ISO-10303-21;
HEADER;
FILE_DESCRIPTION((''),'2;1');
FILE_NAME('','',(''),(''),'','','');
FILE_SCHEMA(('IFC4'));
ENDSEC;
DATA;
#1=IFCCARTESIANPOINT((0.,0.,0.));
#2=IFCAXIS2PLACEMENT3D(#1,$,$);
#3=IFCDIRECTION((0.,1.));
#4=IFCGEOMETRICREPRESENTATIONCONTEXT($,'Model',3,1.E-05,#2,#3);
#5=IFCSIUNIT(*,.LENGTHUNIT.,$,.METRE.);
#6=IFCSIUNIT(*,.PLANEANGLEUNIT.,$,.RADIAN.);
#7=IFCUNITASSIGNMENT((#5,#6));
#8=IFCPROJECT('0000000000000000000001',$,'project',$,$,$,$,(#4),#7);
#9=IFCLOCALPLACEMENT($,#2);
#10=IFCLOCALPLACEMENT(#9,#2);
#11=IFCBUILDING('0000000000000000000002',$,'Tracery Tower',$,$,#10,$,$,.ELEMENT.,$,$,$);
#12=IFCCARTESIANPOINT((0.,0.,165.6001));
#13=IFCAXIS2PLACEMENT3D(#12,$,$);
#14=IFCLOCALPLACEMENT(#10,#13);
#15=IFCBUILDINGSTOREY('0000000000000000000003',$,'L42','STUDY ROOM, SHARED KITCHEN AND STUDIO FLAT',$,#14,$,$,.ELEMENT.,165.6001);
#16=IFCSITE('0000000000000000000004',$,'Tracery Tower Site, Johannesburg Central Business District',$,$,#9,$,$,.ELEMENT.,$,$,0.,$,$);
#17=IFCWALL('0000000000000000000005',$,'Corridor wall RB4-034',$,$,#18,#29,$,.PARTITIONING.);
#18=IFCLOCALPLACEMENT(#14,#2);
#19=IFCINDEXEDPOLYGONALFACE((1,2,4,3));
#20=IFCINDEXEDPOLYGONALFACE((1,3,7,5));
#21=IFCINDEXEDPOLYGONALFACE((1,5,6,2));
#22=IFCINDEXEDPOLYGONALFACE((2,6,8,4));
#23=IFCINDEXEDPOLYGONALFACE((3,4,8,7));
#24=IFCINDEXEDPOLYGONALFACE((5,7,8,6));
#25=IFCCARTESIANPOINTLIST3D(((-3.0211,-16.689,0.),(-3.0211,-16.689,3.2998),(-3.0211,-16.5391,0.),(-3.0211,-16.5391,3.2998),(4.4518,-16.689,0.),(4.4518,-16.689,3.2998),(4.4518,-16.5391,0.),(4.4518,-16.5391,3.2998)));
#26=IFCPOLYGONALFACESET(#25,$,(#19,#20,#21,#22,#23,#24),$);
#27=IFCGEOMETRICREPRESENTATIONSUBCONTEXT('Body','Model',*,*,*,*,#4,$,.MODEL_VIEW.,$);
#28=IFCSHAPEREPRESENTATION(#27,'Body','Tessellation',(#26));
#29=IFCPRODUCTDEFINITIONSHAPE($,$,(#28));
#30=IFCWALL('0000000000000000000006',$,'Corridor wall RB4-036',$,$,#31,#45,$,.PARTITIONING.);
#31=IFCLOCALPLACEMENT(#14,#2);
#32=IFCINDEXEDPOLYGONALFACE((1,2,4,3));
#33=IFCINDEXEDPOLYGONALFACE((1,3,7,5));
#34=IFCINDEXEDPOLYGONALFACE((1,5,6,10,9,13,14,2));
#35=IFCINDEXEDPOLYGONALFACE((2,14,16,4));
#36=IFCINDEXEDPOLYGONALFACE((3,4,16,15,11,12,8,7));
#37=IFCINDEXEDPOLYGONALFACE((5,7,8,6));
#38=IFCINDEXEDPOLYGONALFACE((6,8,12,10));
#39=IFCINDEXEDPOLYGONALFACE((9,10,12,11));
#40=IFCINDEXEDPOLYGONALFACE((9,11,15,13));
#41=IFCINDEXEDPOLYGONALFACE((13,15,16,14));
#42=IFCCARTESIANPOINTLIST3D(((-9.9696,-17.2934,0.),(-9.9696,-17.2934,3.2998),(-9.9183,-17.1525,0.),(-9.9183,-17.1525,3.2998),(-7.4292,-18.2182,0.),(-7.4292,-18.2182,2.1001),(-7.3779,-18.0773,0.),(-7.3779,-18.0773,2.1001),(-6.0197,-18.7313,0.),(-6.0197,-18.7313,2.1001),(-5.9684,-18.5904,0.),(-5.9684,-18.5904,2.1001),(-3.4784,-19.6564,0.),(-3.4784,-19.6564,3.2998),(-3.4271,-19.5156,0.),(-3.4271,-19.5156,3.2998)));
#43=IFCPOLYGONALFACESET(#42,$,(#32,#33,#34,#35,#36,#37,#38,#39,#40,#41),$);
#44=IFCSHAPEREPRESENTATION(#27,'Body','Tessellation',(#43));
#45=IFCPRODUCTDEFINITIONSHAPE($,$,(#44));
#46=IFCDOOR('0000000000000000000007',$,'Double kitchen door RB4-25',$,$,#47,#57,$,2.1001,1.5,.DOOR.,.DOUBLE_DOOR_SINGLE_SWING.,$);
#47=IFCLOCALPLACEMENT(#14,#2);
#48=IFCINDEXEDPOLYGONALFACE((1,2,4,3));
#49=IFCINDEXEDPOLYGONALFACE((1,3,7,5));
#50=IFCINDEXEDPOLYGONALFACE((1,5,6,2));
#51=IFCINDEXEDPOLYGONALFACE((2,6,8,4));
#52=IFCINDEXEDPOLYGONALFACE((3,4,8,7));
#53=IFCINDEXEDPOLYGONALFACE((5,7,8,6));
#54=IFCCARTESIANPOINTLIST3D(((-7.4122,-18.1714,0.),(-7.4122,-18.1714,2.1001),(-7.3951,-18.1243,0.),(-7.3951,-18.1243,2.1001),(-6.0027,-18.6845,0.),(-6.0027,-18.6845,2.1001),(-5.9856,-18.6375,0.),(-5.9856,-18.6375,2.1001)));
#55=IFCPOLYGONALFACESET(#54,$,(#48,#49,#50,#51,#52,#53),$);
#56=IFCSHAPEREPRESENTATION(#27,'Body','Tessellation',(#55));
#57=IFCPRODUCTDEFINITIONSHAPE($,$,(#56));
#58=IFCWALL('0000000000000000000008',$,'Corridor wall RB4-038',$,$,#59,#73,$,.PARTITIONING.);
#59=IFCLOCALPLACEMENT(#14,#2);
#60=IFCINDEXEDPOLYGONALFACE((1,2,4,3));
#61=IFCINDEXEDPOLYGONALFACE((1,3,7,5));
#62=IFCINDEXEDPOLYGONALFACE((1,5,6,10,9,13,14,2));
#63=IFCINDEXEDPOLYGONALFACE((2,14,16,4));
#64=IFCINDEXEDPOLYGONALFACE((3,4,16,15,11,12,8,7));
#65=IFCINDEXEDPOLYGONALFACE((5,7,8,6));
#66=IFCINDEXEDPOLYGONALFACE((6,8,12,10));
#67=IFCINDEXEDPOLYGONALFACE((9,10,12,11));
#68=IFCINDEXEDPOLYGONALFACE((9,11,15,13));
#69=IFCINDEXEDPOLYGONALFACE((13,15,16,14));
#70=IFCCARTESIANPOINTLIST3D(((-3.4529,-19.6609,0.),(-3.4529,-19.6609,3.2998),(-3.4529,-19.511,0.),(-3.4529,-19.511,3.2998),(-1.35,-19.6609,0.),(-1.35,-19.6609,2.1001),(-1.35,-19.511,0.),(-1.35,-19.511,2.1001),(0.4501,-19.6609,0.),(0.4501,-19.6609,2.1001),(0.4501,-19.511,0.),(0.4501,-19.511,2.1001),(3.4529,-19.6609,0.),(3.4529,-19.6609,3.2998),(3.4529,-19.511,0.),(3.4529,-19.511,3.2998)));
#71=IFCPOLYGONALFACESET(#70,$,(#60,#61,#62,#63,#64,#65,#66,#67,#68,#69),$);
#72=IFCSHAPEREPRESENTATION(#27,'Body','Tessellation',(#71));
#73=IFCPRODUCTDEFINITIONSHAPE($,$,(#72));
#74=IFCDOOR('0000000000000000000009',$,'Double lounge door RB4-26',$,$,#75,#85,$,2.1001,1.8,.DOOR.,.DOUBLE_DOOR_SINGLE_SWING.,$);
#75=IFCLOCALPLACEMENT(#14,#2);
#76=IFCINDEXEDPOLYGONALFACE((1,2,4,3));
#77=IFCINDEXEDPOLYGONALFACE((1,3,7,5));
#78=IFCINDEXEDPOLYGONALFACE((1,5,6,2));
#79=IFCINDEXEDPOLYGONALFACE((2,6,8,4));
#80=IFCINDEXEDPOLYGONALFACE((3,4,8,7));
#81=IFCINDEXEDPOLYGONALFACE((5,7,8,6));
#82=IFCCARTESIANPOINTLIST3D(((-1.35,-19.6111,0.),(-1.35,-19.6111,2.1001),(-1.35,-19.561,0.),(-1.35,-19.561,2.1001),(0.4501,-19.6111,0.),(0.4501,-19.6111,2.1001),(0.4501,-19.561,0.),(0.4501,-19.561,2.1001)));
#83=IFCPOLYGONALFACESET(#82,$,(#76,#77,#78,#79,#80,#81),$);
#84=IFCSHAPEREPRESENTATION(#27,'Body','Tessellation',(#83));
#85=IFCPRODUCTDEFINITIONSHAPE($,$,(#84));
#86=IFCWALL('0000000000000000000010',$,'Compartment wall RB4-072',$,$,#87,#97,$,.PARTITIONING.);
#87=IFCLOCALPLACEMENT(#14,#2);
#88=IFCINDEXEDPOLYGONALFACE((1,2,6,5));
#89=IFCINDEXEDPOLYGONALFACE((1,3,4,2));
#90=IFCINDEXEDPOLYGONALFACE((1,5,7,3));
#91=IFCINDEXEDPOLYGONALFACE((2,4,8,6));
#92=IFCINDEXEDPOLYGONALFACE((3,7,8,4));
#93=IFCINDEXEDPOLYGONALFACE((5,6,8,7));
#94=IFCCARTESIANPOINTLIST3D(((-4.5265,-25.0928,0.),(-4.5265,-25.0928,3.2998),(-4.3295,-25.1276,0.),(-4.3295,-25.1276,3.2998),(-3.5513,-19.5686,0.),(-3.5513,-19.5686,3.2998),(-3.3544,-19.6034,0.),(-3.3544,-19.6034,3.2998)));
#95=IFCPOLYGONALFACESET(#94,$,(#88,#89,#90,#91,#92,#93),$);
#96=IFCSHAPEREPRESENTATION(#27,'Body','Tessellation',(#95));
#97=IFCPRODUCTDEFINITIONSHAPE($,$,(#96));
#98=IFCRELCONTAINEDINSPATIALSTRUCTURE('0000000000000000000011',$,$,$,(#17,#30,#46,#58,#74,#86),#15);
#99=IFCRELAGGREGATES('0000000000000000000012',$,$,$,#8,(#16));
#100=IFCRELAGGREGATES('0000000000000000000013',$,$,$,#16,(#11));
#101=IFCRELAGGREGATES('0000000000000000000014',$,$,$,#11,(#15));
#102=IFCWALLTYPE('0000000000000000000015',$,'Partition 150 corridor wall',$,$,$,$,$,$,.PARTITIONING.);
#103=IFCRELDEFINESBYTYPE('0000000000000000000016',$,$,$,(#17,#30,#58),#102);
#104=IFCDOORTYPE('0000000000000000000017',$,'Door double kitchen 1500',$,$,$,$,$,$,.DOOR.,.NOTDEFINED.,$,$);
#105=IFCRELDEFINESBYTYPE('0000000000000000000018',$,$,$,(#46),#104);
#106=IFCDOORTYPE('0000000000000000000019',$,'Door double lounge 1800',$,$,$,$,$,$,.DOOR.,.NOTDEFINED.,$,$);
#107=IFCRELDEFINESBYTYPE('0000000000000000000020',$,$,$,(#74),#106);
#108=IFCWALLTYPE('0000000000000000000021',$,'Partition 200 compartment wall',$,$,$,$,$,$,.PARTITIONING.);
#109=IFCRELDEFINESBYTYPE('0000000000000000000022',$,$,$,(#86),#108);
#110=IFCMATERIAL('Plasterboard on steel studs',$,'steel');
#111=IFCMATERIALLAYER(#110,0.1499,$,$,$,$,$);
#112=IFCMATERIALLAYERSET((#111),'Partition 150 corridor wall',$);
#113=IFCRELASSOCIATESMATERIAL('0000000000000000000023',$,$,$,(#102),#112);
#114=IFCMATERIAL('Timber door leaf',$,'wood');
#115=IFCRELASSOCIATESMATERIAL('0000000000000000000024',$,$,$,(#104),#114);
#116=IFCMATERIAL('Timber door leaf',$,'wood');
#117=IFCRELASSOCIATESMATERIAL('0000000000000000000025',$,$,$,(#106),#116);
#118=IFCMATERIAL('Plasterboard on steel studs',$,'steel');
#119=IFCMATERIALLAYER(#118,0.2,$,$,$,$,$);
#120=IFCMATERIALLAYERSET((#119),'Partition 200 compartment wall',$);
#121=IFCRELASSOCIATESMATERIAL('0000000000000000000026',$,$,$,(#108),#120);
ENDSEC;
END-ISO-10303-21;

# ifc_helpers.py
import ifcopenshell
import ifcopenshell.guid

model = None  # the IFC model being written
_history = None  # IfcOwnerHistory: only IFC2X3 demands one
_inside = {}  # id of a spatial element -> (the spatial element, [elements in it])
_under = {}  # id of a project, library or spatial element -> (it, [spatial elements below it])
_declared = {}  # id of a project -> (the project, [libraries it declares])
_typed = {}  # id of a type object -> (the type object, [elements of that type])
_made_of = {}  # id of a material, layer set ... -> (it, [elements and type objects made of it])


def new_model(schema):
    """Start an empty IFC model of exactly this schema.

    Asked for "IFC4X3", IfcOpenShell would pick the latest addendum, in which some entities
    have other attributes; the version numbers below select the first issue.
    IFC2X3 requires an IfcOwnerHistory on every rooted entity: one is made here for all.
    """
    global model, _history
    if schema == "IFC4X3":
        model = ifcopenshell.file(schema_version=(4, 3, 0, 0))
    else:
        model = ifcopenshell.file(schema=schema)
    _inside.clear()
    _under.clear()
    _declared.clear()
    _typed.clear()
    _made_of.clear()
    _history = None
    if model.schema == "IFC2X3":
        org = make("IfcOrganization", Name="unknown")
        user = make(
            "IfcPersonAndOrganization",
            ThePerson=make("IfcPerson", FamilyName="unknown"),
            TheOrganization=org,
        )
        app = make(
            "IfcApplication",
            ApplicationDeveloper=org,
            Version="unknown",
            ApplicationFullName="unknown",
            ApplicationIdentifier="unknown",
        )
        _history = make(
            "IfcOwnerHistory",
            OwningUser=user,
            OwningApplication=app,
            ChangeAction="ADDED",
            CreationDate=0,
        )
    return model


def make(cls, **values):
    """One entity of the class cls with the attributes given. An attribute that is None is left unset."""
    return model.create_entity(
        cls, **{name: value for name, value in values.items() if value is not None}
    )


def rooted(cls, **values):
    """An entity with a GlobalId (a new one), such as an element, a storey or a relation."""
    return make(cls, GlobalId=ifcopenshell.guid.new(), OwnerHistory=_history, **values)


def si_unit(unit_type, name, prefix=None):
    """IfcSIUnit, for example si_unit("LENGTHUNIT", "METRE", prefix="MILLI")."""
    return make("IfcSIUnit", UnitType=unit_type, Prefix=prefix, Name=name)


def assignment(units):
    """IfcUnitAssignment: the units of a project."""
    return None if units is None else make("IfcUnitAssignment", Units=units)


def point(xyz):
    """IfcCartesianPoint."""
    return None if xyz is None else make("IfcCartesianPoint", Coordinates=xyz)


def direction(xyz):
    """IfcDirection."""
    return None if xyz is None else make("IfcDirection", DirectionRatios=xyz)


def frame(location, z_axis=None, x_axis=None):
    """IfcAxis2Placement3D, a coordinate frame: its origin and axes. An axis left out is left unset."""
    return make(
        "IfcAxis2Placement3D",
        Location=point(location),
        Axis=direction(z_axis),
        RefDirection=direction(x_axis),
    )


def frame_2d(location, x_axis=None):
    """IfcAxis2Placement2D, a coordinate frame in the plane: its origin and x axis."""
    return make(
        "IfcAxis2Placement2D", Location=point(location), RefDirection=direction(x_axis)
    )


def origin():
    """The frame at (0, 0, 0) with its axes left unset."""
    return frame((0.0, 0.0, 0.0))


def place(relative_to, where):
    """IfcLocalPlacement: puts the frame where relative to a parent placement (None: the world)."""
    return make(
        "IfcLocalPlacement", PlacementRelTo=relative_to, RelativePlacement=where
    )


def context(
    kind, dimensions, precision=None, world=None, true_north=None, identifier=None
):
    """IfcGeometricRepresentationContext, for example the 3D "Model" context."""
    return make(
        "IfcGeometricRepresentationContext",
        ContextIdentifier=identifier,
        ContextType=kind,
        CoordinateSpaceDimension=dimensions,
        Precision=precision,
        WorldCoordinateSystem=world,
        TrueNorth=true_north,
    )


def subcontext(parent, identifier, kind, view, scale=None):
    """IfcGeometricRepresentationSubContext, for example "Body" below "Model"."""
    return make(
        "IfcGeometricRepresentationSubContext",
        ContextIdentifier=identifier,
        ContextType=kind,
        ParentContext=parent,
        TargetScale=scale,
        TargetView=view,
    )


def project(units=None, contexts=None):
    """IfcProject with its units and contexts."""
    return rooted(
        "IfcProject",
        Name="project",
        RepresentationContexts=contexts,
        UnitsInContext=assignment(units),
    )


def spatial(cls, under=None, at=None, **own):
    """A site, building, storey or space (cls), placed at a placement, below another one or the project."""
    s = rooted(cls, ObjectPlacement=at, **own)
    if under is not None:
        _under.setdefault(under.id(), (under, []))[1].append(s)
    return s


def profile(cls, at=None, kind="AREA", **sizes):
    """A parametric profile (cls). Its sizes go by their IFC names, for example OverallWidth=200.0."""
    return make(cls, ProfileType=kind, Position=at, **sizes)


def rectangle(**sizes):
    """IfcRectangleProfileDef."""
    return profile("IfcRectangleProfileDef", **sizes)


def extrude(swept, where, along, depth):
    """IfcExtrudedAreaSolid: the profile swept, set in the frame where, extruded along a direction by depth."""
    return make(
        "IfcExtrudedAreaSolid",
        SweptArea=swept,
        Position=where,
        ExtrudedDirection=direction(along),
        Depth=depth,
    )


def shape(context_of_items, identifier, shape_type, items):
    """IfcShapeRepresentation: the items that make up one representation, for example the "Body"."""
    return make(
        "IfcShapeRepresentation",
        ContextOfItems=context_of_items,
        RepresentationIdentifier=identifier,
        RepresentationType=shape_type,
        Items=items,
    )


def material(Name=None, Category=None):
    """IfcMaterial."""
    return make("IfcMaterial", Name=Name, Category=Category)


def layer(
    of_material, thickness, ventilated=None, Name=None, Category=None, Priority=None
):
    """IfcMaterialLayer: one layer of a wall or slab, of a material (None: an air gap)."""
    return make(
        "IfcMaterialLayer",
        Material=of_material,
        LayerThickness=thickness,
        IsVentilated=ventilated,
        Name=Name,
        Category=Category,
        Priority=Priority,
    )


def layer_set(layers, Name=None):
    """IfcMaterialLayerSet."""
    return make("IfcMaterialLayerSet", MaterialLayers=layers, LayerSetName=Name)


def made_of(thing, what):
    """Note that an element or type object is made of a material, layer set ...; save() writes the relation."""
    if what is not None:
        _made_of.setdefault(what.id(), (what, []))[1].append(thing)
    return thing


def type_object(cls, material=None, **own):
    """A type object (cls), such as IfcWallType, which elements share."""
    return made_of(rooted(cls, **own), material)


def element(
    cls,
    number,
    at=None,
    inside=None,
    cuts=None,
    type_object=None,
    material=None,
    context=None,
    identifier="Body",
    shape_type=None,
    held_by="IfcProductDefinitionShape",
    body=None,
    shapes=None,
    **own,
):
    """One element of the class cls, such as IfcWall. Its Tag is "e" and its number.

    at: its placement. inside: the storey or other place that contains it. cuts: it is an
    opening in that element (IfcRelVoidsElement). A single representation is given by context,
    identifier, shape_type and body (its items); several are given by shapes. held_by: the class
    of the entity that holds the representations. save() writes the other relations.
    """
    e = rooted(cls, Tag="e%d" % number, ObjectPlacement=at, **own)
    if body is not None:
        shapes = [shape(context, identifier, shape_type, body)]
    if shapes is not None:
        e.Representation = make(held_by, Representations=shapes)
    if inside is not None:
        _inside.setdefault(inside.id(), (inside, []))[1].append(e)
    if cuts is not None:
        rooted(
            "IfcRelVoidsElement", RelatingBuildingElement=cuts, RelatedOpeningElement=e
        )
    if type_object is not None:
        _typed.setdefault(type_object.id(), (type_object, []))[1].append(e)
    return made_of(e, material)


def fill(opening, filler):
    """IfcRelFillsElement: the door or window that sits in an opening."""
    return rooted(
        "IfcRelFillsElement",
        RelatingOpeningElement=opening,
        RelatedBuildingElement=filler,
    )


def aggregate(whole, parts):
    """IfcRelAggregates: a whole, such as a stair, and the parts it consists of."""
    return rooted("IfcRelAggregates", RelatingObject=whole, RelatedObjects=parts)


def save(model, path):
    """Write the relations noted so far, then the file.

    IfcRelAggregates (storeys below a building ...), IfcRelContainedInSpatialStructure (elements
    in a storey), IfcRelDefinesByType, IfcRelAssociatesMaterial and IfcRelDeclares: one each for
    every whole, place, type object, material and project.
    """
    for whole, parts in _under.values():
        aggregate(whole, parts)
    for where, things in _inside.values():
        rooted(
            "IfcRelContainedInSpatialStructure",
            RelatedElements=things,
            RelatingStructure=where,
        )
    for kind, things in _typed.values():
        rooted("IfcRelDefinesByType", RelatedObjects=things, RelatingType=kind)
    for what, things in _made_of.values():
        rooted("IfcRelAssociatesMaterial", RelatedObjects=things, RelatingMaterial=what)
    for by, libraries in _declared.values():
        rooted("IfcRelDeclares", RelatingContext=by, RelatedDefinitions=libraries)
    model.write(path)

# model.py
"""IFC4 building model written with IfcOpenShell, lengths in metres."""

from ifc_helpers import new_model, si_unit, direction, frame, frame_2d, origin, place, context, subcontext, project, spatial, rectangle, extrude, material, layer, layer_set, type_object, element, fill, save


model = new_model("IFC4")

# Units and contexts
model_context = context("Model", 3, precision=1e-05, world=origin(), true_north=direction((0.0, 1.0)))
body_context = subcontext(model_context, "Body", "Model", "MODEL_VIEW")
ifc_project = project(units=[si_unit("LENGTHUNIT", "METRE"), si_unit("PLANEANGLEUNIT", "RADIAN")], contexts=[model_context])

# Site, building, storey
site_placement = place(None, origin())
site = spatial("IfcSite", under=ifc_project, at=site_placement, Name="Tracery Tower Site, Johannesburg Central Business District", CompositionType="ELEMENT", RefElevation=0.0)
building_placement = place(site_placement, origin())
building = spatial("IfcBuilding", under=site, at=building_placement, Name="Tracery Tower", CompositionType="ELEMENT")
storey_placement = place(building_placement, frame((0.0, 0.0, 165.6001)))
storey = spatial("IfcBuildingStorey", under=building, at=storey_placement, Name="L42", Description="STUDY ROOM, SHARED KITCHEN AND STUDIO FLAT", CompositionType="ELEMENT", Elevation=165.6001)

# Shared definitions
ifc_material_1 = material(Name="Plasterboard on steel studs", Category="steel")
ifc_layer_1 = layer(ifc_material_1, 0.1499)
ifc_layer_set_1 = layer_set([ifc_layer_1], Name="Partition 150 corridor wall")
wall_type_1 = type_object("IfcWallType", Name="Partition 150 corridor wall", PredefinedType="PARTITIONING", material=ifc_layer_set_1)

# Wall
wall_1_placement = place(storey_placement, frame((-3.021, -16.614, 0.0), z_axis=(0.0, 0.0, 1.0), x_axis=(1.0, 0.0, 0.0)))
element("IfcWall", 1, at=wall_1_placement, inside=storey, type_object=wall_type_1, Name="Corridor wall RB4-034", PredefinedType="PARTITIONING", context=body_context, shape_type="SweptSolid", body=[
    extrude(rectangle(XDim=7.4729, YDim=0.1499, at=frame_2d((3.7363, 0.0))), origin(), (0.0, 0.0, 1.0), 3.2998),
])

# Walls, openings, doors
wall_2_placement = place(storey_placement, frame((-9.9441, -17.2229, 0.0), z_axis=(0.0, 0.0, 1.0), x_axis=(0.939673, -0.342075, 0.0)))
wall_2 = element("IfcWall", 2, at=wall_2_placement, inside=storey, type_object=wall_type_1, Name="Corridor wall RB4-036", PredefinedType="PARTITIONING", context=body_context, shape_type="SweptSolid", body=[
    extrude(rectangle(XDim=6.908, YDim=0.1499, at=frame_2d((3.4541, 0.0))), origin(), (0.0, 0.0, 1.0), 3.2998),
])
opening_1_placement = place(wall_2_placement, frame((2.7036, 0.0, 0.0)))
opening_1 = element("IfcOpeningElement", 3, at=opening_1_placement, cuts=wall_2, PredefinedType="OPENING", context=body_context, shape_type="SweptSolid", body=[
    extrude(rectangle(XDim=1.5, YDim=2.1001, at=frame_2d((0.75, 1.05))), frame((0.0, 0.075, 0.0), z_axis=(0.0, -1.0, 0.0), x_axis=(1.0, 0.0, 0.0)), (0.0, 0.0, 1.0), 0.1499),
])
ifc_material_2 = material(Name="Timber door leaf", Category="wood")
door_type_1 = type_object("IfcDoorType", Name="Door double kitchen 1500", OperationType="NOTDEFINED", PredefinedType="DOOR", material=ifc_material_2)
door_1_placement = place(opening_1_placement, origin())
door_1 = element("IfcDoor", 4, at=door_1_placement, inside=storey, type_object=door_type_1, Name="Double kitchen door RB4-25", OperationType="DOUBLE_DOOR_SINGLE_SWING", OverallHeight=2.1001, OverallWidth=1.5, PredefinedType="DOOR", context=body_context, shape_type="SweptSolid", body=[
    extrude(rectangle(XDim=1.5, YDim=2.1001, at=frame_2d((0.75, 1.05))), frame((0.0, 0.0249, 0.0), z_axis=(0.0, -1.0, 0.0), x_axis=(1.0, 0.0, 0.0)), (0.0, 0.0, 1.0), 0.05),
])
fill(opening_1, door_1)
wall_3_placement = place(storey_placement, frame((-3.4529, -19.5859, 0.0), z_axis=(0.0, 0.0, 1.0), x_axis=(1.0, 0.0, 0.0)))
wall_3 = element("IfcWall", 5, at=wall_3_placement, inside=storey, type_object=wall_type_1, Name="Corridor wall RB4-038", PredefinedType="PARTITIONING", context=body_context, shape_type="SweptSolid", body=[
    extrude(rectangle(XDim=6.9058, YDim=0.1499, at=frame_2d((3.4529, 0.0))), origin(), (0.0, 0.0, 1.0), 3.2998),
])
opening_2_placement = place(wall_3_placement, frame((2.103, 0.0, 0.0)))
opening_2 = element("IfcOpeningElement", 6, at=opening_2_placement, cuts=wall_3, PredefinedType="OPENING", context=body_context, shape_type="SweptSolid", body=[
    extrude(rectangle(XDim=1.8, YDim=2.1001, at=frame_2d((0.8999, 1.05))), frame((0.0, 0.075, 0.0), z_axis=(0.0, -1.0, 0.0), x_axis=(1.0, 0.0, 0.0)), (0.0, 0.0, 1.0), 0.1499),
])
ifc_material_3 = material(Name="Timber door leaf", Category="wood")
door_type_2 = type_object("IfcDoorType", Name="Door double lounge 1800", OperationType="NOTDEFINED", PredefinedType="DOOR", material=ifc_material_3)
door_2_placement = place(opening_2_placement, origin())
door_2 = element("IfcDoor", 7, at=door_2_placement, inside=storey, type_object=door_type_2, Name="Double lounge door RB4-26", OperationType="DOUBLE_DOOR_SINGLE_SWING", OverallHeight=2.1001, OverallWidth=1.8, PredefinedType="DOOR", context=body_context, shape_type="SweptSolid", body=[
    extrude(rectangle(XDim=1.8, YDim=2.1001, at=frame_2d((0.8999, 1.05))), frame((0.0, 0.0249, 0.0), z_axis=(0.0, -1.0, 0.0), x_axis=(1.0, 0.0, 0.0)), (0.0, 0.0, 1.0), 0.05),
])
fill(opening_2, door_2)

# Wall
ifc_material_4 = material(Name="Plasterboard on steel studs", Category="steel")
ifc_layer_2 = layer(ifc_material_4, 0.2)
ifc_layer_set_2 = layer_set([ifc_layer_2], Name="Partition 200 compartment wall")
wall_type_2 = type_object("IfcWallType", Name="Partition 200 compartment wall", PredefinedType="PARTITIONING", material=ifc_layer_set_2)
wall_4_placement = place(storey_placement, frame((-4.428, -25.1101, 0.0), z_axis=(0.0, 0.0, 1.0), x_axis=(0.173828, 0.984776, 0.0)))
element("IfcWall", 8, at=wall_4_placement, inside=storey, type_object=wall_type_2, Name="Compartment wall RB4-072", PredefinedType="PARTITIONING", context=body_context, shape_type="SweptSolid", body=[
    extrude(rectangle(XDim=5.6096, YDim=0.2, at=frame_2d((2.8047, 0.0))), origin(), (0.0, 0.0, 1.0), 3.2998),
])

save(model, "model.ifc")
